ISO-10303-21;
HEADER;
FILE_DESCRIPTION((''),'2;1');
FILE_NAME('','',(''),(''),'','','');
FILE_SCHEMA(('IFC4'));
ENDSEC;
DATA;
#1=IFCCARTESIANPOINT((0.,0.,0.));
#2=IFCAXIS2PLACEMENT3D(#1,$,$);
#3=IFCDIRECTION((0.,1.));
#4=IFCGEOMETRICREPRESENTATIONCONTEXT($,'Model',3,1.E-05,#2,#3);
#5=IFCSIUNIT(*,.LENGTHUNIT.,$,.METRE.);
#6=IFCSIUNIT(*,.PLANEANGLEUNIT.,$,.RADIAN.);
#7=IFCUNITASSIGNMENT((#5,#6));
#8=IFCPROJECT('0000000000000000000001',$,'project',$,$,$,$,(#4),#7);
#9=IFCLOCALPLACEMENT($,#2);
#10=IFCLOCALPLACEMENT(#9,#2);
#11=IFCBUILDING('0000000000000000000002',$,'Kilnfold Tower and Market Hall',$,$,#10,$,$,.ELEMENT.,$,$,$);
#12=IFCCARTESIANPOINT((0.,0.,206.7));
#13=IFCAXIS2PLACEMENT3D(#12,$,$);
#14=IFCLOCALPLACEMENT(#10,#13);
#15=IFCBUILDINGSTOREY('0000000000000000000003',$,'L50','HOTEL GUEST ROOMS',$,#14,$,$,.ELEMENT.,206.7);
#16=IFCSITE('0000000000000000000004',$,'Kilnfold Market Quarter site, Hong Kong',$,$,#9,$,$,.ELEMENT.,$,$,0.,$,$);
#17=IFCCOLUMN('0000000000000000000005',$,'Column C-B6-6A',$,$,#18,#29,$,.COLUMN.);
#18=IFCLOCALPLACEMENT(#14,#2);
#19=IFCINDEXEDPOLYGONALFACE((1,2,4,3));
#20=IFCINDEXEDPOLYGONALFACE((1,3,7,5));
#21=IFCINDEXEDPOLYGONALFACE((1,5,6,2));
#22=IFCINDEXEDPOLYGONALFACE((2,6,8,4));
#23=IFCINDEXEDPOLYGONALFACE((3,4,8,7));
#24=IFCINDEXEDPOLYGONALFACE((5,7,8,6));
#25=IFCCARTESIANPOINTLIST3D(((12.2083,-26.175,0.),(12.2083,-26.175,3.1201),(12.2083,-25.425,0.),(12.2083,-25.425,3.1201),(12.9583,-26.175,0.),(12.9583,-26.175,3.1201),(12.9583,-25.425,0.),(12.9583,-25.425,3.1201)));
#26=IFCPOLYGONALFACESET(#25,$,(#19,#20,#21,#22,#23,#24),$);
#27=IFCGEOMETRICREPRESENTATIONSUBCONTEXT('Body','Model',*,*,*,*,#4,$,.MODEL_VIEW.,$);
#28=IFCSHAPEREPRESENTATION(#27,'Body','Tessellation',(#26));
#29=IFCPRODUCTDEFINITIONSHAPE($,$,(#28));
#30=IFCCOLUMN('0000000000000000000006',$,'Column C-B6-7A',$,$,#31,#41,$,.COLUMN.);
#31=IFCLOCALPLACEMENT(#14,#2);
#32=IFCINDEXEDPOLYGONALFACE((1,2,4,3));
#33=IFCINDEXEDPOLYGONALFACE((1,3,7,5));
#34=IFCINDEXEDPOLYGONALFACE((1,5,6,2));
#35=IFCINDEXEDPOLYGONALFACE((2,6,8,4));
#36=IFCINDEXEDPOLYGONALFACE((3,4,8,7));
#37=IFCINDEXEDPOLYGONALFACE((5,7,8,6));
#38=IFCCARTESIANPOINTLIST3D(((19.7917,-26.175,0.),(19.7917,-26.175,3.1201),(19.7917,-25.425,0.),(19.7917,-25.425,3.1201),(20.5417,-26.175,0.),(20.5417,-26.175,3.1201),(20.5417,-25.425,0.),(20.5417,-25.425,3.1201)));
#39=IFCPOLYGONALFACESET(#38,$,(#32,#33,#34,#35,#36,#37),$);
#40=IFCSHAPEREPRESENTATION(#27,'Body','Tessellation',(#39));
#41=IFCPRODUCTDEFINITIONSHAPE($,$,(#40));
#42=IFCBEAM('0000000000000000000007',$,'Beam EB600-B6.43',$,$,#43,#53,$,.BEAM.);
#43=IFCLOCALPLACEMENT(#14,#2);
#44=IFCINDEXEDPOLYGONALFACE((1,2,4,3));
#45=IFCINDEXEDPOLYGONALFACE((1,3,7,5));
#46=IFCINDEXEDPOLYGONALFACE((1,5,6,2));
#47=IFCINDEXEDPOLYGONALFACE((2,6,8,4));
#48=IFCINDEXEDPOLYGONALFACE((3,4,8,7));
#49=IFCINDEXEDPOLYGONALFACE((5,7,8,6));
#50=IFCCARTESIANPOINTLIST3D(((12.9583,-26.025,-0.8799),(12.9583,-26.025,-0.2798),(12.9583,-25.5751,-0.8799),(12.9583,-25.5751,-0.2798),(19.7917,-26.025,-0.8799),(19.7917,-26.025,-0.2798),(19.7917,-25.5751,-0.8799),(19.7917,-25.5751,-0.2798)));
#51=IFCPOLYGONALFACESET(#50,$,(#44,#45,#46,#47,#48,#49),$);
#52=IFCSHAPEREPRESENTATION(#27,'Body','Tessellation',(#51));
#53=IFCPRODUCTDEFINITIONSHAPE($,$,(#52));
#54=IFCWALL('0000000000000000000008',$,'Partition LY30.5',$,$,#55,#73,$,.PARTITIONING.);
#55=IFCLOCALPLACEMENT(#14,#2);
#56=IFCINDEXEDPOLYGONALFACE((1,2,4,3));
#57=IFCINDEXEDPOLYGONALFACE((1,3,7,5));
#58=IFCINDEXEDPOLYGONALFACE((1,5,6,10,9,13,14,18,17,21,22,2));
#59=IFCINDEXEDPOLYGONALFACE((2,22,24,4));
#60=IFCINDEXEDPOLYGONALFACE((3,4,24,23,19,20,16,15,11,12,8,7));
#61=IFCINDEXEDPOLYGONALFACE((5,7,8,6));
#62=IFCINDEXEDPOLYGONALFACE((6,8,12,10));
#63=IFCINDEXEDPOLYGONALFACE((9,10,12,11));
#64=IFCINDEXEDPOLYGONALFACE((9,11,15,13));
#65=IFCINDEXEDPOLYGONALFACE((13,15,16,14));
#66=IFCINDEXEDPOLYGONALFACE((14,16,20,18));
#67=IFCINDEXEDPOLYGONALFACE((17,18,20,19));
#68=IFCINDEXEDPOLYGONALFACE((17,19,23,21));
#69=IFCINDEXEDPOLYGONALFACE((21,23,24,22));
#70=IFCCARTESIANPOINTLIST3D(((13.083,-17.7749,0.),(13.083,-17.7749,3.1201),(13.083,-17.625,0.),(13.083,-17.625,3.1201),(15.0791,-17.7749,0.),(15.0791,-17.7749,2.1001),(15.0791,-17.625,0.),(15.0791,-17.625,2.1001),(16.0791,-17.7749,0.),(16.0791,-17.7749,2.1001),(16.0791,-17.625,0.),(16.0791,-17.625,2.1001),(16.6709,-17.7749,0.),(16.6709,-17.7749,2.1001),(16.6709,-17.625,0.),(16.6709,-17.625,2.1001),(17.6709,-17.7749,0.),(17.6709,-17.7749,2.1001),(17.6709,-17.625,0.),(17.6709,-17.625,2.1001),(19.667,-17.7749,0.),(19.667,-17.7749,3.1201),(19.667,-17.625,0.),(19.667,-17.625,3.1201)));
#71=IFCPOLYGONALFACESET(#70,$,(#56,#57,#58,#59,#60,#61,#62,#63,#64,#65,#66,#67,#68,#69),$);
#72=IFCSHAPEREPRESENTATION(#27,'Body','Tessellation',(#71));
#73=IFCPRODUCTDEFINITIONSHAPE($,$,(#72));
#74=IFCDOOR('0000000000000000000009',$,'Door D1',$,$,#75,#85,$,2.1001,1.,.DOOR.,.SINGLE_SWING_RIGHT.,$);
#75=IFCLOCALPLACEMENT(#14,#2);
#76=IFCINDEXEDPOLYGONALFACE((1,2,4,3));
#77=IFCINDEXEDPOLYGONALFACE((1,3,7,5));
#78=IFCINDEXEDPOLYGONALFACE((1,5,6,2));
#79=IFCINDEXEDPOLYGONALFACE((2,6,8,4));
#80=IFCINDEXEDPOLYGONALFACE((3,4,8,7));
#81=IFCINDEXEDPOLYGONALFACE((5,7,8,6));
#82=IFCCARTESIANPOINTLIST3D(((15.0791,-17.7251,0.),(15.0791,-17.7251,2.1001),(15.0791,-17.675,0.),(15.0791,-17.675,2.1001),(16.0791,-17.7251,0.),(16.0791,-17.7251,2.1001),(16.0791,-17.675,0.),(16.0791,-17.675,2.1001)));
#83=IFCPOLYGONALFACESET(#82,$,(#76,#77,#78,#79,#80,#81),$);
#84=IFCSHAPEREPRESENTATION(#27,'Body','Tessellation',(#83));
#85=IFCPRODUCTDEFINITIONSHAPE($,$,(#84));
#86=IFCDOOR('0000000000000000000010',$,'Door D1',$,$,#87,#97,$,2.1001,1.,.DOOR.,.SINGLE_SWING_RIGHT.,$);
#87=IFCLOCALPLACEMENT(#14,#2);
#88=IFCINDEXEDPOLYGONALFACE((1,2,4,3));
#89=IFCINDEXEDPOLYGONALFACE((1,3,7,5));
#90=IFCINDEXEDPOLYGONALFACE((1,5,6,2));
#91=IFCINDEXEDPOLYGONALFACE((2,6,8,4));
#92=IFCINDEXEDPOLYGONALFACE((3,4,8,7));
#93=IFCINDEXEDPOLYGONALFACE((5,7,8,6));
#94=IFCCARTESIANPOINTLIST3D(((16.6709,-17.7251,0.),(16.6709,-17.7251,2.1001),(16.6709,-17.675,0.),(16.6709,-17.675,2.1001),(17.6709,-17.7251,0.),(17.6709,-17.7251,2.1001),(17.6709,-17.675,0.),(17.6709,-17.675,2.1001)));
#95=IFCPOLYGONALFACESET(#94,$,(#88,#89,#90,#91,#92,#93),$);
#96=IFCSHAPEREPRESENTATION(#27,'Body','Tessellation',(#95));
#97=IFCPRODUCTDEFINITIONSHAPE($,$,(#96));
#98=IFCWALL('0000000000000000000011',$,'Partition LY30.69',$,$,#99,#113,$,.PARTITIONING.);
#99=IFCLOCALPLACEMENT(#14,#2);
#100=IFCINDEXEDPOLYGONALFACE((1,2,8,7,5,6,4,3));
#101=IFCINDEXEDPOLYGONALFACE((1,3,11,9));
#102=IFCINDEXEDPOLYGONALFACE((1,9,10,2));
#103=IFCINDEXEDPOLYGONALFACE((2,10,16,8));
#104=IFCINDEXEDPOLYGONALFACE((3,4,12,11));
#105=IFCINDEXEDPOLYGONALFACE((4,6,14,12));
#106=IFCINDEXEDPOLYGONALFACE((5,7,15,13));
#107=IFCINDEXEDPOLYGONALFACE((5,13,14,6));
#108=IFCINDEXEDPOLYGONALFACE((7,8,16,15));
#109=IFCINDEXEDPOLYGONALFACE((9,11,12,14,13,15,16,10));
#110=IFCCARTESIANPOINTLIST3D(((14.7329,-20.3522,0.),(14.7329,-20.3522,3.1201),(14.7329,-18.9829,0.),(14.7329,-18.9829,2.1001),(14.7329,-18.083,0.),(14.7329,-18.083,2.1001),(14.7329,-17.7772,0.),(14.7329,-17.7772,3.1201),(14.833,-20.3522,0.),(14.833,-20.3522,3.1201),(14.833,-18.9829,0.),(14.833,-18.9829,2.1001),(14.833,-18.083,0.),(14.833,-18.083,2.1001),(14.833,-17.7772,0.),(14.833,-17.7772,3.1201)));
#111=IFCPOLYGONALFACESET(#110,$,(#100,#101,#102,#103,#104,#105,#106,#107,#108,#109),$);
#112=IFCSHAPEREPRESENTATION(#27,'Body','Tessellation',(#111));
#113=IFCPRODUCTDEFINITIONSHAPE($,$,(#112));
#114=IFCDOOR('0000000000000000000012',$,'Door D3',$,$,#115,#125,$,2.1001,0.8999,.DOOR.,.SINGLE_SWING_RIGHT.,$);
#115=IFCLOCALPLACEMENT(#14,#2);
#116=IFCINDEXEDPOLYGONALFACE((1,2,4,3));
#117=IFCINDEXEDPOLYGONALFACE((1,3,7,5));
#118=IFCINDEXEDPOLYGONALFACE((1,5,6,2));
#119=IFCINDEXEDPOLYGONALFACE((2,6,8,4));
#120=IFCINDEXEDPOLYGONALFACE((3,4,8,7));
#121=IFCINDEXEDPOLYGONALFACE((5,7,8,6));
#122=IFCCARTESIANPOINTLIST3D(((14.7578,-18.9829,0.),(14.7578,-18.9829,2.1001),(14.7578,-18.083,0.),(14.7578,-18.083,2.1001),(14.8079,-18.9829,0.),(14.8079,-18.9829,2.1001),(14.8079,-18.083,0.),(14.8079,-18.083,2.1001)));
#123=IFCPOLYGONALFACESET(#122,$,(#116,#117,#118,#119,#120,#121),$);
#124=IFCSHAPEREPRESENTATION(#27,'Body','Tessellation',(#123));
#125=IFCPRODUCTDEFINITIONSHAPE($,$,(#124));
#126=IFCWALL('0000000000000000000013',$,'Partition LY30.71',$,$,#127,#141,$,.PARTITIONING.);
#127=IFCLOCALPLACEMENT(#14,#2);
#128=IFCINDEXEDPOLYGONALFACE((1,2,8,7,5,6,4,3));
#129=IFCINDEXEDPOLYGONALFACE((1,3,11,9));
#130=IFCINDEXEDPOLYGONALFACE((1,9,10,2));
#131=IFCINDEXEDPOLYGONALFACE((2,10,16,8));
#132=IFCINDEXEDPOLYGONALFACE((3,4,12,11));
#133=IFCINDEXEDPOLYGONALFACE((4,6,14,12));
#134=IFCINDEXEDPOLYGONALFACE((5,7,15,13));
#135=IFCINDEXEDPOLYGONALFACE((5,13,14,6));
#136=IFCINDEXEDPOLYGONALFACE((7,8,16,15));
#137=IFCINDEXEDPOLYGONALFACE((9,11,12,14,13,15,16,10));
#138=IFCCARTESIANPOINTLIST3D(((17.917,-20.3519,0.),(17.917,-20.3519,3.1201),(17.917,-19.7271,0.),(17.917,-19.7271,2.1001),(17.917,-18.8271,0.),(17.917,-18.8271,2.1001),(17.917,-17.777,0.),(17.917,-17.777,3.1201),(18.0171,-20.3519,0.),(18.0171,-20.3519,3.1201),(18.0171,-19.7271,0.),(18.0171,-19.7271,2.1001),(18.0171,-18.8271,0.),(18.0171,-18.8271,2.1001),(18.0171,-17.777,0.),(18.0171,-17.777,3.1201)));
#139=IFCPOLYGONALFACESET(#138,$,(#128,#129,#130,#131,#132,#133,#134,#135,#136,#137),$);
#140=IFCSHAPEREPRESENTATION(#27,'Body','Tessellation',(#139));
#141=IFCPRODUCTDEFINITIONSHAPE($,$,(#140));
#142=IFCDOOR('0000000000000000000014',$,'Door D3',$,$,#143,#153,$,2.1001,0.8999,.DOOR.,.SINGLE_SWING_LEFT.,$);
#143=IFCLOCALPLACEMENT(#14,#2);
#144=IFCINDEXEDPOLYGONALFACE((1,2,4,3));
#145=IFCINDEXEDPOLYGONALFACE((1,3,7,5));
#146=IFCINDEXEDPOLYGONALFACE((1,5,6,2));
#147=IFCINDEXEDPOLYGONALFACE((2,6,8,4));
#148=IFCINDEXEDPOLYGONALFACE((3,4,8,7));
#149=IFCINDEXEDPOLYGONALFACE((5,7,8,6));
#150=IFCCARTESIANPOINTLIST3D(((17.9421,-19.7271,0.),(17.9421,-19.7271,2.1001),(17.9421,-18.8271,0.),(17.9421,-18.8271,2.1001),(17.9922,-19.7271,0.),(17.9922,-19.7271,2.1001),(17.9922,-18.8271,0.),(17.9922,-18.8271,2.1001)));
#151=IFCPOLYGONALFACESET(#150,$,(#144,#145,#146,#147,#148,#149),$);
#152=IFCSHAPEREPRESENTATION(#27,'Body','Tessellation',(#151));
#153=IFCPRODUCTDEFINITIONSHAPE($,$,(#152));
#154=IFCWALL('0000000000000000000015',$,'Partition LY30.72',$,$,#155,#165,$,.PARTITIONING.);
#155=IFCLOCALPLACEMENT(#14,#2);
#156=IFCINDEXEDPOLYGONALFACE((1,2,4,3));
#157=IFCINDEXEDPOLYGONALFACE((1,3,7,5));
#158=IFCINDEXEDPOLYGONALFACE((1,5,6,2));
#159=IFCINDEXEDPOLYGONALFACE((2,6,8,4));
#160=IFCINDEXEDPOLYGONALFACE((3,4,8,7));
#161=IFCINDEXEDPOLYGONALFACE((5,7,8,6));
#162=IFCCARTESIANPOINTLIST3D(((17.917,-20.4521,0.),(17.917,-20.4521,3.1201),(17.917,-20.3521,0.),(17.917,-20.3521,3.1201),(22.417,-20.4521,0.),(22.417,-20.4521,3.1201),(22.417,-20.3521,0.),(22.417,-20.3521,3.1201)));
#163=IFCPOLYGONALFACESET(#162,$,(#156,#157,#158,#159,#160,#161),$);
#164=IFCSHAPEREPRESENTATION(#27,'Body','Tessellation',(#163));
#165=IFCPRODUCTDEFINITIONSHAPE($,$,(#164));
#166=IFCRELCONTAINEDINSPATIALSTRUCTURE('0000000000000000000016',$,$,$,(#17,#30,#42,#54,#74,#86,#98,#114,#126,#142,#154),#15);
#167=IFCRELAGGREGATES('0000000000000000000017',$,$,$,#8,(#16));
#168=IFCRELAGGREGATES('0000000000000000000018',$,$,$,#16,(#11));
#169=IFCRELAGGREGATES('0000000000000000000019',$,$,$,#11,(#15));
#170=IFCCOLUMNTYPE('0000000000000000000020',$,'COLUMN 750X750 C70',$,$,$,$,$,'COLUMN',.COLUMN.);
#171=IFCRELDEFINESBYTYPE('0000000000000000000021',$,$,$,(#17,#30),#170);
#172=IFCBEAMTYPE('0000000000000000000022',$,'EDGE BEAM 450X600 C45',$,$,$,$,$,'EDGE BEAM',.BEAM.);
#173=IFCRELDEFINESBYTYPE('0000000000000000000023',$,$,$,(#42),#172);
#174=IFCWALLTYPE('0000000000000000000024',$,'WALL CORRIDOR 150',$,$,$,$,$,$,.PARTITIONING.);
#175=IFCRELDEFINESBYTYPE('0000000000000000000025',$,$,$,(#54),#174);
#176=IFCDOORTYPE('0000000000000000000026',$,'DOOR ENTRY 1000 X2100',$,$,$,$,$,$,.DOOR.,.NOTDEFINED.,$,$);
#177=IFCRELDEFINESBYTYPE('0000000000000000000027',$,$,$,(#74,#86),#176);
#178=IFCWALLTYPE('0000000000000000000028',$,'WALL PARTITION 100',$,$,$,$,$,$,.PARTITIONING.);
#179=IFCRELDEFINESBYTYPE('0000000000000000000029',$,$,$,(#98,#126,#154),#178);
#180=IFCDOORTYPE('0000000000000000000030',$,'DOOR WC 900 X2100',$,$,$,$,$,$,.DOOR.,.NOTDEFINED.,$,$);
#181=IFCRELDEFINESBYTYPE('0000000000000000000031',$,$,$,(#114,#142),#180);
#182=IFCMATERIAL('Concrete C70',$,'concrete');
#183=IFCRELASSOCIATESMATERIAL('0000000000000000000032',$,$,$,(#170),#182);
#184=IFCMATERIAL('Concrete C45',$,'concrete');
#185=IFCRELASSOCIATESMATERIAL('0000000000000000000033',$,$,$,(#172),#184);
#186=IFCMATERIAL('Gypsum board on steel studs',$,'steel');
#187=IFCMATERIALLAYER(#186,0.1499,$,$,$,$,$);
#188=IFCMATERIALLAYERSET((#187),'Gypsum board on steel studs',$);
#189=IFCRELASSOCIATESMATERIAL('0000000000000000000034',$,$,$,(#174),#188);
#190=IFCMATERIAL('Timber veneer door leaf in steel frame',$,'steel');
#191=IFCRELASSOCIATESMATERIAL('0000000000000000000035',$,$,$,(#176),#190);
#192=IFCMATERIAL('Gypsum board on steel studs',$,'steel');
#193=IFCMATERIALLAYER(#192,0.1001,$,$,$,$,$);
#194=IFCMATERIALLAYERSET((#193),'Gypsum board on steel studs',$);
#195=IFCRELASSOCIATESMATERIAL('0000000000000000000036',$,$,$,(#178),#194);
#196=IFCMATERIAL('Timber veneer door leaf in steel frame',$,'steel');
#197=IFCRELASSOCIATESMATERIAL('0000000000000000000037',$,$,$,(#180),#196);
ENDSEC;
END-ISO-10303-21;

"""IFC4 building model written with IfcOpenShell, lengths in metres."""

from ifc_helpers import new_model, si_unit, direction, frame, frame_2d, origin, origin_2d, place, context, subcontext, project, spatial, rectangle, extrude, source, transform, mapped, material, layer, layer_set, material_profile, profile_set, type_object, element, fill, save


model = new_model("IFC4")

# Units and contexts
model_context = context("Model", 3, precision=1e-05, world=origin(), true_north=direction((0.0, 1.0)))
body_context = subcontext(model_context, "Body", "Model", "MODEL_VIEW")
ifc_project = project(units=[si_unit("LENGTHUNIT", "METRE"), si_unit("PLANEANGLEUNIT", "RADIAN")], contexts=[model_context])

# Site, building, storey
site_placement = place(None, origin())
site = spatial("IfcSite", under=ifc_project, at=site_placement, Name="Kilnfold Market Quarter site, Hong Kong", CompositionType="ELEMENT", RefElevation=0.0)
building_placement = place(site_placement, origin())
building = spatial("IfcBuilding", under=site, at=building_placement, Name="Kilnfold Tower and Market Hall", CompositionType="ELEMENT")
storey_placement = place(building_placement, frame((0.0, 0.0, 206.7)))
storey = spatial("IfcBuildingStorey", under=building, at=storey_placement, Name="L50", Description="HOTEL GUEST ROOMS", CompositionType="ELEMENT", Elevation=206.7)

# Columns
ifc_material_1 = material(Name="Concrete C70", Category="concrete")
ifc_material_profile_1 = material_profile(ifc_material_1, rectangle(XDim=0.75, YDim=0.75, at=origin_2d()), Name="RC 750x750")
ifc_profile_set_1 = profile_set([ifc_material_profile_1], Name="Concrete C70")
column_type = type_object("IfcColumnType", Name="COLUMN 750X750 C70", ElementType="COLUMN", PredefinedType="COLUMN", material=ifc_profile_set_1)
shared_shape_1 = source(origin(), body_context, "Body", "SweptSolid", [
    extrude(rectangle(XDim=0.75, YDim=0.75, at=origin_2d()), origin(), (0.0, 0.0, 1.0), 3.1201),
])
for number, where, z_axis, x_axis, name in (
    (1, (12.5833, -25.8, 0.0), (0.0, 0.0, 1.0), (1.0, 0.0, 0.0), "Column C-B6-6A"),
    (2, (20.1667, -25.8, 0.0), (0.0, 0.0, 1.0), (1.0, 0.0, 0.0), "Column C-B6-7A"),
):
    element("IfcColumn", number, at=place(storey_placement, frame(where, z_axis=z_axis, x_axis=x_axis)), inside=storey, type_object=column_type, Name=name, PredefinedType="COLUMN", context=body_context, shape_type="MappedRepresentation", body=[
        mapped(shared_shape_1, transform((0.0, 0.0, 0.0))),
    ])

# Beam
ifc_material_2 = material(Name="Concrete C45", Category="concrete")
ifc_material_profile_2 = material_profile(ifc_material_2, rectangle(XDim=0.45, YDim=0.6001, at=origin_2d()), Name="RC 450x600")
ifc_profile_set_2 = profile_set([ifc_material_profile_2], Name="Concrete C45")
beam_type = type_object("IfcBeamType", Name="EDGE BEAM 450X600 C45", ElementType="EDGE BEAM", PredefinedType="BEAM", material=ifc_profile_set_2)
shared_shape_2 = source(origin(), body_context, "Body", "SweptSolid", [
    extrude(rectangle(XDim=0.45, YDim=0.6001, at=origin_2d()), origin(), (0.0, 0.0, 1.0), 6.8335),
])
beam_placement = place(storey_placement, frame((12.9583, -25.8, -0.5798), z_axis=(1.0, 0.0, 0.0), x_axis=(0.0, 1.0, 0.0)))
element("IfcBeam", 3, at=beam_placement, inside=storey, type_object=beam_type, Name="Beam EB600-B6.43", PredefinedType="BEAM", context=body_context, shape_type="MappedRepresentation", body=[
    mapped(shared_shape_2, transform((0.0, 0.0, 0.0))),
])

# Wall, openings, doors
ifc_material_3 = material(Name="Gypsum board on steel studs", Category="steel")
ifc_layer_1 = layer(ifc_material_3, 0.1499)
ifc_layer_set_1 = layer_set([ifc_layer_1], Name="Gypsum board on steel studs")
wall_type_1 = type_object("IfcWallType", Name="WALL CORRIDOR 150", PredefinedType="PARTITIONING", material=ifc_layer_set_1)
wall_1_placement = place(storey_placement, frame((13.083, -17.7, 0.0), z_axis=(0.0, 0.0, 1.0), x_axis=(1.0, 0.0, 0.0)))
wall_1 = element("IfcWall", 4, at=wall_1_placement, inside=storey, type_object=wall_type_1, Name="Partition LY30.5", PredefinedType="PARTITIONING", context=body_context, shape_type="SweptSolid", body=[
    extrude(rectangle(XDim=6.584, YDim=0.1499, at=frame_2d((3.292, 0.0))), origin(), (0.0, 0.0, 1.0), 3.1201),
])
opening_1_placement = place(wall_1_placement, frame((1.9961, 0.0, 0.0)))
opening_1 = element("IfcOpeningElement", 5, at=opening_1_placement, cuts=wall_1, PredefinedType="OPENING", context=body_context, shape_type="SweptSolid", body=[
    extrude(rectangle(XDim=1.0, YDim=2.1001, at=frame_2d((0.5, 1.05))), frame((0.0, 0.085, 0.0), z_axis=(0.0, -1.0, 0.0), x_axis=(1.0, 0.0, 0.0)), (0.0, 0.0, 1.0), 0.1699),
])
opening_2_placement = place(wall_1_placement, frame((3.5879, 0.0, 0.0)))
opening_2 = element("IfcOpeningElement", 6, at=opening_2_placement, cuts=wall_1, PredefinedType="OPENING", context=body_context, shape_type="SweptSolid", body=[
    extrude(rectangle(XDim=1.0, YDim=2.1001, at=frame_2d((0.5, 1.05))), frame((0.0, 0.085, 0.0), z_axis=(0.0, -1.0, 0.0), x_axis=(1.0, 0.0, 0.0)), (0.0, 0.0, 1.0), 0.1699),
])
ifc_material_4 = material(Name="Timber veneer door leaf in steel frame", Category="steel")
door_type_1 = type_object("IfcDoorType", Name="DOOR ENTRY 1000 X2100", OperationType="NOTDEFINED", PredefinedType="DOOR", material=ifc_material_4)
door_1_placement = place(opening_1_placement, origin())
door_1 = element("IfcDoor", 7, at=door_1_placement, inside=storey, type_object=door_type_1, Name="Door D1", OperationType="SINGLE_SWING_RIGHT", OverallHeight=2.1001, OverallWidth=1.0, PredefinedType="DOOR", context=body_context, shape_type="SweptSolid", body=[
    extrude(rectangle(XDim=1.0, YDim=2.1001, at=frame_2d((0.5, 1.05))), frame((0.0, 0.0249, 0.0), z_axis=(0.0, -1.0, 0.0), x_axis=(1.0, 0.0, 0.0)), (0.0, 0.0, 1.0), 0.05),
])
fill(opening_1, door_1)
door_2_placement = place(opening_2_placement, origin())
door_2 = element("IfcDoor", 8, at=door_2_placement, inside=storey, type_object=door_type_1, Name="Door D1", OperationType="SINGLE_SWING_RIGHT", OverallHeight=2.1001, OverallWidth=1.0, PredefinedType="DOOR", context=body_context, shape_type="SweptSolid", body=[
    extrude(rectangle(XDim=1.0, YDim=2.1001, at=frame_2d((0.5, 1.05))), frame((0.0, 0.0249, 0.0), z_axis=(0.0, -1.0, 0.0), x_axis=(1.0, 0.0, 0.0)), (0.0, 0.0, 1.0), 0.05),
])
fill(opening_2, door_2)

# Walls, openings, doors
ifc_material_5 = material(Name="Gypsum board on steel studs", Category="steel")
ifc_layer_2 = layer(ifc_material_5, 0.1001)
ifc_layer_set_2 = layer_set([ifc_layer_2], Name="Gypsum board on steel studs")
wall_type_2 = type_object("IfcWallType", Name="WALL PARTITION 100", PredefinedType="PARTITIONING", material=ifc_layer_set_2)
wall_2_placement = place(storey_placement, frame((14.783, -17.7771, 0.0), z_axis=(0.0, 0.0, 1.0), x_axis=(0.0, -1.0, 0.0)))
wall_2 = element("IfcWall", 9, at=wall_2_placement, inside=storey, type_object=wall_type_2, Name="Partition LY30.69", PredefinedType="PARTITIONING", context=body_context, shape_type="SweptSolid", body=[
    extrude(rectangle(XDim=2.575, YDim=0.1001, at=frame_2d((1.2876, 0.0))), origin(), (0.0, 0.0, 1.0), 3.1201),
])
opening_3_placement = place(wall_2_placement, frame((0.3059, 0.0, 0.0)))
opening_3 = element("IfcOpeningElement", 10, at=opening_3_placement, cuts=wall_2, PredefinedType="OPENING", context=body_context, shape_type="SweptSolid", body=[
    extrude(rectangle(XDim=0.8999, YDim=2.1001, at=frame_2d((0.45, 1.05))), frame((0.0, 0.0601, 0.0), z_axis=(0.0, -1.0, 0.0), x_axis=(1.0, 0.0, 0.0)), (0.0, 0.0, 1.0), 0.1201),
])
ifc_material_6 = material(Name="Timber veneer door leaf in steel frame", Category="steel")
door_type_2 = type_object("IfcDoorType", Name="DOOR WC 900 X2100", OperationType="NOTDEFINED", PredefinedType="DOOR", material=ifc_material_6)
door_3_placement = place(opening_3_placement, origin())
door_3 = element("IfcDoor", 11, at=door_3_placement, inside=storey, type_object=door_type_2, Name="Door D3", OperationType="SINGLE_SWING_RIGHT", OverallHeight=2.1001, OverallWidth=0.8999, PredefinedType="DOOR", context=body_context, shape_type="SweptSolid", body=[
    extrude(rectangle(XDim=0.8999, YDim=2.1001, at=frame_2d((0.45, 1.05))), frame((0.0, 0.0249, 0.0), z_axis=(0.0, -1.0, 0.0), x_axis=(1.0, 0.0, 0.0)), (0.0, 0.0, 1.0), 0.05),
])
fill(opening_3, door_3)
wall_3_placement = place(storey_placement, frame((17.967, -20.3521, 0.0), z_axis=(0.0, 0.0, 1.0), x_axis=(0.0, 1.0, 0.0)))
wall_3 = element("IfcWall", 12, at=wall_3_placement, inside=storey, type_object=wall_type_2, Name="Partition LY30.71", PredefinedType="PARTITIONING", context=body_context, shape_type="SweptSolid", body=[
    extrude(rectangle(XDim=2.575, YDim=0.1001, at=frame_2d((1.2876, 0.0))), origin(), (0.0, 0.0, 1.0), 3.1201),
])
opening_4_placement = place(wall_3_placement, frame((0.625, 0.0, 0.0)))
opening_4 = element("IfcOpeningElement", 13, at=opening_4_placement, cuts=wall_3, PredefinedType="OPENING", context=body_context, shape_type="SweptSolid", body=[
    extrude(rectangle(XDim=0.8999, YDim=2.1001, at=frame_2d((0.45, 1.05))), frame((0.0, 0.0601, 0.0), z_axis=(0.0, -1.0, 0.0), x_axis=(1.0, 0.0, 0.0)), (0.0, 0.0, 1.0), 0.1201),
])
door_4_placement = place(opening_4_placement, origin())
door_4 = element("IfcDoor", 14, at=door_4_placement, inside=storey, type_object=door_type_2, Name="Door D3", OperationType="SINGLE_SWING_LEFT", OverallHeight=2.1001, OverallWidth=0.8999, PredefinedType="DOOR", context=body_context, shape_type="SweptSolid", body=[
    extrude(rectangle(XDim=0.8999, YDim=2.1001, at=frame_2d((0.45, 1.05))), frame((0.0, 0.0249, 0.0), z_axis=(0.0, -1.0, 0.0), x_axis=(1.0, 0.0, 0.0)), (0.0, 0.0, 1.0), 0.05),
])
fill(opening_4, door_4)

# Wall
wall_4_placement = place(storey_placement, frame((17.917, -20.4021, 0.0), z_axis=(0.0, 0.0, 1.0), x_axis=(1.0, 0.0, 0.0)))
element("IfcWall", 15, at=wall_4_placement, inside=storey, type_object=wall_type_2, Name="Partition LY30.72", PredefinedType="PARTITIONING", context=body_context, shape_type="SweptSolid", body=[
    extrude(rectangle(XDim=4.5, YDim=0.1001, at=frame_2d((2.25, 0.0))), origin(), (0.0, 0.0, 1.0), 3.1201),
])

save(model, "model.ifc")
